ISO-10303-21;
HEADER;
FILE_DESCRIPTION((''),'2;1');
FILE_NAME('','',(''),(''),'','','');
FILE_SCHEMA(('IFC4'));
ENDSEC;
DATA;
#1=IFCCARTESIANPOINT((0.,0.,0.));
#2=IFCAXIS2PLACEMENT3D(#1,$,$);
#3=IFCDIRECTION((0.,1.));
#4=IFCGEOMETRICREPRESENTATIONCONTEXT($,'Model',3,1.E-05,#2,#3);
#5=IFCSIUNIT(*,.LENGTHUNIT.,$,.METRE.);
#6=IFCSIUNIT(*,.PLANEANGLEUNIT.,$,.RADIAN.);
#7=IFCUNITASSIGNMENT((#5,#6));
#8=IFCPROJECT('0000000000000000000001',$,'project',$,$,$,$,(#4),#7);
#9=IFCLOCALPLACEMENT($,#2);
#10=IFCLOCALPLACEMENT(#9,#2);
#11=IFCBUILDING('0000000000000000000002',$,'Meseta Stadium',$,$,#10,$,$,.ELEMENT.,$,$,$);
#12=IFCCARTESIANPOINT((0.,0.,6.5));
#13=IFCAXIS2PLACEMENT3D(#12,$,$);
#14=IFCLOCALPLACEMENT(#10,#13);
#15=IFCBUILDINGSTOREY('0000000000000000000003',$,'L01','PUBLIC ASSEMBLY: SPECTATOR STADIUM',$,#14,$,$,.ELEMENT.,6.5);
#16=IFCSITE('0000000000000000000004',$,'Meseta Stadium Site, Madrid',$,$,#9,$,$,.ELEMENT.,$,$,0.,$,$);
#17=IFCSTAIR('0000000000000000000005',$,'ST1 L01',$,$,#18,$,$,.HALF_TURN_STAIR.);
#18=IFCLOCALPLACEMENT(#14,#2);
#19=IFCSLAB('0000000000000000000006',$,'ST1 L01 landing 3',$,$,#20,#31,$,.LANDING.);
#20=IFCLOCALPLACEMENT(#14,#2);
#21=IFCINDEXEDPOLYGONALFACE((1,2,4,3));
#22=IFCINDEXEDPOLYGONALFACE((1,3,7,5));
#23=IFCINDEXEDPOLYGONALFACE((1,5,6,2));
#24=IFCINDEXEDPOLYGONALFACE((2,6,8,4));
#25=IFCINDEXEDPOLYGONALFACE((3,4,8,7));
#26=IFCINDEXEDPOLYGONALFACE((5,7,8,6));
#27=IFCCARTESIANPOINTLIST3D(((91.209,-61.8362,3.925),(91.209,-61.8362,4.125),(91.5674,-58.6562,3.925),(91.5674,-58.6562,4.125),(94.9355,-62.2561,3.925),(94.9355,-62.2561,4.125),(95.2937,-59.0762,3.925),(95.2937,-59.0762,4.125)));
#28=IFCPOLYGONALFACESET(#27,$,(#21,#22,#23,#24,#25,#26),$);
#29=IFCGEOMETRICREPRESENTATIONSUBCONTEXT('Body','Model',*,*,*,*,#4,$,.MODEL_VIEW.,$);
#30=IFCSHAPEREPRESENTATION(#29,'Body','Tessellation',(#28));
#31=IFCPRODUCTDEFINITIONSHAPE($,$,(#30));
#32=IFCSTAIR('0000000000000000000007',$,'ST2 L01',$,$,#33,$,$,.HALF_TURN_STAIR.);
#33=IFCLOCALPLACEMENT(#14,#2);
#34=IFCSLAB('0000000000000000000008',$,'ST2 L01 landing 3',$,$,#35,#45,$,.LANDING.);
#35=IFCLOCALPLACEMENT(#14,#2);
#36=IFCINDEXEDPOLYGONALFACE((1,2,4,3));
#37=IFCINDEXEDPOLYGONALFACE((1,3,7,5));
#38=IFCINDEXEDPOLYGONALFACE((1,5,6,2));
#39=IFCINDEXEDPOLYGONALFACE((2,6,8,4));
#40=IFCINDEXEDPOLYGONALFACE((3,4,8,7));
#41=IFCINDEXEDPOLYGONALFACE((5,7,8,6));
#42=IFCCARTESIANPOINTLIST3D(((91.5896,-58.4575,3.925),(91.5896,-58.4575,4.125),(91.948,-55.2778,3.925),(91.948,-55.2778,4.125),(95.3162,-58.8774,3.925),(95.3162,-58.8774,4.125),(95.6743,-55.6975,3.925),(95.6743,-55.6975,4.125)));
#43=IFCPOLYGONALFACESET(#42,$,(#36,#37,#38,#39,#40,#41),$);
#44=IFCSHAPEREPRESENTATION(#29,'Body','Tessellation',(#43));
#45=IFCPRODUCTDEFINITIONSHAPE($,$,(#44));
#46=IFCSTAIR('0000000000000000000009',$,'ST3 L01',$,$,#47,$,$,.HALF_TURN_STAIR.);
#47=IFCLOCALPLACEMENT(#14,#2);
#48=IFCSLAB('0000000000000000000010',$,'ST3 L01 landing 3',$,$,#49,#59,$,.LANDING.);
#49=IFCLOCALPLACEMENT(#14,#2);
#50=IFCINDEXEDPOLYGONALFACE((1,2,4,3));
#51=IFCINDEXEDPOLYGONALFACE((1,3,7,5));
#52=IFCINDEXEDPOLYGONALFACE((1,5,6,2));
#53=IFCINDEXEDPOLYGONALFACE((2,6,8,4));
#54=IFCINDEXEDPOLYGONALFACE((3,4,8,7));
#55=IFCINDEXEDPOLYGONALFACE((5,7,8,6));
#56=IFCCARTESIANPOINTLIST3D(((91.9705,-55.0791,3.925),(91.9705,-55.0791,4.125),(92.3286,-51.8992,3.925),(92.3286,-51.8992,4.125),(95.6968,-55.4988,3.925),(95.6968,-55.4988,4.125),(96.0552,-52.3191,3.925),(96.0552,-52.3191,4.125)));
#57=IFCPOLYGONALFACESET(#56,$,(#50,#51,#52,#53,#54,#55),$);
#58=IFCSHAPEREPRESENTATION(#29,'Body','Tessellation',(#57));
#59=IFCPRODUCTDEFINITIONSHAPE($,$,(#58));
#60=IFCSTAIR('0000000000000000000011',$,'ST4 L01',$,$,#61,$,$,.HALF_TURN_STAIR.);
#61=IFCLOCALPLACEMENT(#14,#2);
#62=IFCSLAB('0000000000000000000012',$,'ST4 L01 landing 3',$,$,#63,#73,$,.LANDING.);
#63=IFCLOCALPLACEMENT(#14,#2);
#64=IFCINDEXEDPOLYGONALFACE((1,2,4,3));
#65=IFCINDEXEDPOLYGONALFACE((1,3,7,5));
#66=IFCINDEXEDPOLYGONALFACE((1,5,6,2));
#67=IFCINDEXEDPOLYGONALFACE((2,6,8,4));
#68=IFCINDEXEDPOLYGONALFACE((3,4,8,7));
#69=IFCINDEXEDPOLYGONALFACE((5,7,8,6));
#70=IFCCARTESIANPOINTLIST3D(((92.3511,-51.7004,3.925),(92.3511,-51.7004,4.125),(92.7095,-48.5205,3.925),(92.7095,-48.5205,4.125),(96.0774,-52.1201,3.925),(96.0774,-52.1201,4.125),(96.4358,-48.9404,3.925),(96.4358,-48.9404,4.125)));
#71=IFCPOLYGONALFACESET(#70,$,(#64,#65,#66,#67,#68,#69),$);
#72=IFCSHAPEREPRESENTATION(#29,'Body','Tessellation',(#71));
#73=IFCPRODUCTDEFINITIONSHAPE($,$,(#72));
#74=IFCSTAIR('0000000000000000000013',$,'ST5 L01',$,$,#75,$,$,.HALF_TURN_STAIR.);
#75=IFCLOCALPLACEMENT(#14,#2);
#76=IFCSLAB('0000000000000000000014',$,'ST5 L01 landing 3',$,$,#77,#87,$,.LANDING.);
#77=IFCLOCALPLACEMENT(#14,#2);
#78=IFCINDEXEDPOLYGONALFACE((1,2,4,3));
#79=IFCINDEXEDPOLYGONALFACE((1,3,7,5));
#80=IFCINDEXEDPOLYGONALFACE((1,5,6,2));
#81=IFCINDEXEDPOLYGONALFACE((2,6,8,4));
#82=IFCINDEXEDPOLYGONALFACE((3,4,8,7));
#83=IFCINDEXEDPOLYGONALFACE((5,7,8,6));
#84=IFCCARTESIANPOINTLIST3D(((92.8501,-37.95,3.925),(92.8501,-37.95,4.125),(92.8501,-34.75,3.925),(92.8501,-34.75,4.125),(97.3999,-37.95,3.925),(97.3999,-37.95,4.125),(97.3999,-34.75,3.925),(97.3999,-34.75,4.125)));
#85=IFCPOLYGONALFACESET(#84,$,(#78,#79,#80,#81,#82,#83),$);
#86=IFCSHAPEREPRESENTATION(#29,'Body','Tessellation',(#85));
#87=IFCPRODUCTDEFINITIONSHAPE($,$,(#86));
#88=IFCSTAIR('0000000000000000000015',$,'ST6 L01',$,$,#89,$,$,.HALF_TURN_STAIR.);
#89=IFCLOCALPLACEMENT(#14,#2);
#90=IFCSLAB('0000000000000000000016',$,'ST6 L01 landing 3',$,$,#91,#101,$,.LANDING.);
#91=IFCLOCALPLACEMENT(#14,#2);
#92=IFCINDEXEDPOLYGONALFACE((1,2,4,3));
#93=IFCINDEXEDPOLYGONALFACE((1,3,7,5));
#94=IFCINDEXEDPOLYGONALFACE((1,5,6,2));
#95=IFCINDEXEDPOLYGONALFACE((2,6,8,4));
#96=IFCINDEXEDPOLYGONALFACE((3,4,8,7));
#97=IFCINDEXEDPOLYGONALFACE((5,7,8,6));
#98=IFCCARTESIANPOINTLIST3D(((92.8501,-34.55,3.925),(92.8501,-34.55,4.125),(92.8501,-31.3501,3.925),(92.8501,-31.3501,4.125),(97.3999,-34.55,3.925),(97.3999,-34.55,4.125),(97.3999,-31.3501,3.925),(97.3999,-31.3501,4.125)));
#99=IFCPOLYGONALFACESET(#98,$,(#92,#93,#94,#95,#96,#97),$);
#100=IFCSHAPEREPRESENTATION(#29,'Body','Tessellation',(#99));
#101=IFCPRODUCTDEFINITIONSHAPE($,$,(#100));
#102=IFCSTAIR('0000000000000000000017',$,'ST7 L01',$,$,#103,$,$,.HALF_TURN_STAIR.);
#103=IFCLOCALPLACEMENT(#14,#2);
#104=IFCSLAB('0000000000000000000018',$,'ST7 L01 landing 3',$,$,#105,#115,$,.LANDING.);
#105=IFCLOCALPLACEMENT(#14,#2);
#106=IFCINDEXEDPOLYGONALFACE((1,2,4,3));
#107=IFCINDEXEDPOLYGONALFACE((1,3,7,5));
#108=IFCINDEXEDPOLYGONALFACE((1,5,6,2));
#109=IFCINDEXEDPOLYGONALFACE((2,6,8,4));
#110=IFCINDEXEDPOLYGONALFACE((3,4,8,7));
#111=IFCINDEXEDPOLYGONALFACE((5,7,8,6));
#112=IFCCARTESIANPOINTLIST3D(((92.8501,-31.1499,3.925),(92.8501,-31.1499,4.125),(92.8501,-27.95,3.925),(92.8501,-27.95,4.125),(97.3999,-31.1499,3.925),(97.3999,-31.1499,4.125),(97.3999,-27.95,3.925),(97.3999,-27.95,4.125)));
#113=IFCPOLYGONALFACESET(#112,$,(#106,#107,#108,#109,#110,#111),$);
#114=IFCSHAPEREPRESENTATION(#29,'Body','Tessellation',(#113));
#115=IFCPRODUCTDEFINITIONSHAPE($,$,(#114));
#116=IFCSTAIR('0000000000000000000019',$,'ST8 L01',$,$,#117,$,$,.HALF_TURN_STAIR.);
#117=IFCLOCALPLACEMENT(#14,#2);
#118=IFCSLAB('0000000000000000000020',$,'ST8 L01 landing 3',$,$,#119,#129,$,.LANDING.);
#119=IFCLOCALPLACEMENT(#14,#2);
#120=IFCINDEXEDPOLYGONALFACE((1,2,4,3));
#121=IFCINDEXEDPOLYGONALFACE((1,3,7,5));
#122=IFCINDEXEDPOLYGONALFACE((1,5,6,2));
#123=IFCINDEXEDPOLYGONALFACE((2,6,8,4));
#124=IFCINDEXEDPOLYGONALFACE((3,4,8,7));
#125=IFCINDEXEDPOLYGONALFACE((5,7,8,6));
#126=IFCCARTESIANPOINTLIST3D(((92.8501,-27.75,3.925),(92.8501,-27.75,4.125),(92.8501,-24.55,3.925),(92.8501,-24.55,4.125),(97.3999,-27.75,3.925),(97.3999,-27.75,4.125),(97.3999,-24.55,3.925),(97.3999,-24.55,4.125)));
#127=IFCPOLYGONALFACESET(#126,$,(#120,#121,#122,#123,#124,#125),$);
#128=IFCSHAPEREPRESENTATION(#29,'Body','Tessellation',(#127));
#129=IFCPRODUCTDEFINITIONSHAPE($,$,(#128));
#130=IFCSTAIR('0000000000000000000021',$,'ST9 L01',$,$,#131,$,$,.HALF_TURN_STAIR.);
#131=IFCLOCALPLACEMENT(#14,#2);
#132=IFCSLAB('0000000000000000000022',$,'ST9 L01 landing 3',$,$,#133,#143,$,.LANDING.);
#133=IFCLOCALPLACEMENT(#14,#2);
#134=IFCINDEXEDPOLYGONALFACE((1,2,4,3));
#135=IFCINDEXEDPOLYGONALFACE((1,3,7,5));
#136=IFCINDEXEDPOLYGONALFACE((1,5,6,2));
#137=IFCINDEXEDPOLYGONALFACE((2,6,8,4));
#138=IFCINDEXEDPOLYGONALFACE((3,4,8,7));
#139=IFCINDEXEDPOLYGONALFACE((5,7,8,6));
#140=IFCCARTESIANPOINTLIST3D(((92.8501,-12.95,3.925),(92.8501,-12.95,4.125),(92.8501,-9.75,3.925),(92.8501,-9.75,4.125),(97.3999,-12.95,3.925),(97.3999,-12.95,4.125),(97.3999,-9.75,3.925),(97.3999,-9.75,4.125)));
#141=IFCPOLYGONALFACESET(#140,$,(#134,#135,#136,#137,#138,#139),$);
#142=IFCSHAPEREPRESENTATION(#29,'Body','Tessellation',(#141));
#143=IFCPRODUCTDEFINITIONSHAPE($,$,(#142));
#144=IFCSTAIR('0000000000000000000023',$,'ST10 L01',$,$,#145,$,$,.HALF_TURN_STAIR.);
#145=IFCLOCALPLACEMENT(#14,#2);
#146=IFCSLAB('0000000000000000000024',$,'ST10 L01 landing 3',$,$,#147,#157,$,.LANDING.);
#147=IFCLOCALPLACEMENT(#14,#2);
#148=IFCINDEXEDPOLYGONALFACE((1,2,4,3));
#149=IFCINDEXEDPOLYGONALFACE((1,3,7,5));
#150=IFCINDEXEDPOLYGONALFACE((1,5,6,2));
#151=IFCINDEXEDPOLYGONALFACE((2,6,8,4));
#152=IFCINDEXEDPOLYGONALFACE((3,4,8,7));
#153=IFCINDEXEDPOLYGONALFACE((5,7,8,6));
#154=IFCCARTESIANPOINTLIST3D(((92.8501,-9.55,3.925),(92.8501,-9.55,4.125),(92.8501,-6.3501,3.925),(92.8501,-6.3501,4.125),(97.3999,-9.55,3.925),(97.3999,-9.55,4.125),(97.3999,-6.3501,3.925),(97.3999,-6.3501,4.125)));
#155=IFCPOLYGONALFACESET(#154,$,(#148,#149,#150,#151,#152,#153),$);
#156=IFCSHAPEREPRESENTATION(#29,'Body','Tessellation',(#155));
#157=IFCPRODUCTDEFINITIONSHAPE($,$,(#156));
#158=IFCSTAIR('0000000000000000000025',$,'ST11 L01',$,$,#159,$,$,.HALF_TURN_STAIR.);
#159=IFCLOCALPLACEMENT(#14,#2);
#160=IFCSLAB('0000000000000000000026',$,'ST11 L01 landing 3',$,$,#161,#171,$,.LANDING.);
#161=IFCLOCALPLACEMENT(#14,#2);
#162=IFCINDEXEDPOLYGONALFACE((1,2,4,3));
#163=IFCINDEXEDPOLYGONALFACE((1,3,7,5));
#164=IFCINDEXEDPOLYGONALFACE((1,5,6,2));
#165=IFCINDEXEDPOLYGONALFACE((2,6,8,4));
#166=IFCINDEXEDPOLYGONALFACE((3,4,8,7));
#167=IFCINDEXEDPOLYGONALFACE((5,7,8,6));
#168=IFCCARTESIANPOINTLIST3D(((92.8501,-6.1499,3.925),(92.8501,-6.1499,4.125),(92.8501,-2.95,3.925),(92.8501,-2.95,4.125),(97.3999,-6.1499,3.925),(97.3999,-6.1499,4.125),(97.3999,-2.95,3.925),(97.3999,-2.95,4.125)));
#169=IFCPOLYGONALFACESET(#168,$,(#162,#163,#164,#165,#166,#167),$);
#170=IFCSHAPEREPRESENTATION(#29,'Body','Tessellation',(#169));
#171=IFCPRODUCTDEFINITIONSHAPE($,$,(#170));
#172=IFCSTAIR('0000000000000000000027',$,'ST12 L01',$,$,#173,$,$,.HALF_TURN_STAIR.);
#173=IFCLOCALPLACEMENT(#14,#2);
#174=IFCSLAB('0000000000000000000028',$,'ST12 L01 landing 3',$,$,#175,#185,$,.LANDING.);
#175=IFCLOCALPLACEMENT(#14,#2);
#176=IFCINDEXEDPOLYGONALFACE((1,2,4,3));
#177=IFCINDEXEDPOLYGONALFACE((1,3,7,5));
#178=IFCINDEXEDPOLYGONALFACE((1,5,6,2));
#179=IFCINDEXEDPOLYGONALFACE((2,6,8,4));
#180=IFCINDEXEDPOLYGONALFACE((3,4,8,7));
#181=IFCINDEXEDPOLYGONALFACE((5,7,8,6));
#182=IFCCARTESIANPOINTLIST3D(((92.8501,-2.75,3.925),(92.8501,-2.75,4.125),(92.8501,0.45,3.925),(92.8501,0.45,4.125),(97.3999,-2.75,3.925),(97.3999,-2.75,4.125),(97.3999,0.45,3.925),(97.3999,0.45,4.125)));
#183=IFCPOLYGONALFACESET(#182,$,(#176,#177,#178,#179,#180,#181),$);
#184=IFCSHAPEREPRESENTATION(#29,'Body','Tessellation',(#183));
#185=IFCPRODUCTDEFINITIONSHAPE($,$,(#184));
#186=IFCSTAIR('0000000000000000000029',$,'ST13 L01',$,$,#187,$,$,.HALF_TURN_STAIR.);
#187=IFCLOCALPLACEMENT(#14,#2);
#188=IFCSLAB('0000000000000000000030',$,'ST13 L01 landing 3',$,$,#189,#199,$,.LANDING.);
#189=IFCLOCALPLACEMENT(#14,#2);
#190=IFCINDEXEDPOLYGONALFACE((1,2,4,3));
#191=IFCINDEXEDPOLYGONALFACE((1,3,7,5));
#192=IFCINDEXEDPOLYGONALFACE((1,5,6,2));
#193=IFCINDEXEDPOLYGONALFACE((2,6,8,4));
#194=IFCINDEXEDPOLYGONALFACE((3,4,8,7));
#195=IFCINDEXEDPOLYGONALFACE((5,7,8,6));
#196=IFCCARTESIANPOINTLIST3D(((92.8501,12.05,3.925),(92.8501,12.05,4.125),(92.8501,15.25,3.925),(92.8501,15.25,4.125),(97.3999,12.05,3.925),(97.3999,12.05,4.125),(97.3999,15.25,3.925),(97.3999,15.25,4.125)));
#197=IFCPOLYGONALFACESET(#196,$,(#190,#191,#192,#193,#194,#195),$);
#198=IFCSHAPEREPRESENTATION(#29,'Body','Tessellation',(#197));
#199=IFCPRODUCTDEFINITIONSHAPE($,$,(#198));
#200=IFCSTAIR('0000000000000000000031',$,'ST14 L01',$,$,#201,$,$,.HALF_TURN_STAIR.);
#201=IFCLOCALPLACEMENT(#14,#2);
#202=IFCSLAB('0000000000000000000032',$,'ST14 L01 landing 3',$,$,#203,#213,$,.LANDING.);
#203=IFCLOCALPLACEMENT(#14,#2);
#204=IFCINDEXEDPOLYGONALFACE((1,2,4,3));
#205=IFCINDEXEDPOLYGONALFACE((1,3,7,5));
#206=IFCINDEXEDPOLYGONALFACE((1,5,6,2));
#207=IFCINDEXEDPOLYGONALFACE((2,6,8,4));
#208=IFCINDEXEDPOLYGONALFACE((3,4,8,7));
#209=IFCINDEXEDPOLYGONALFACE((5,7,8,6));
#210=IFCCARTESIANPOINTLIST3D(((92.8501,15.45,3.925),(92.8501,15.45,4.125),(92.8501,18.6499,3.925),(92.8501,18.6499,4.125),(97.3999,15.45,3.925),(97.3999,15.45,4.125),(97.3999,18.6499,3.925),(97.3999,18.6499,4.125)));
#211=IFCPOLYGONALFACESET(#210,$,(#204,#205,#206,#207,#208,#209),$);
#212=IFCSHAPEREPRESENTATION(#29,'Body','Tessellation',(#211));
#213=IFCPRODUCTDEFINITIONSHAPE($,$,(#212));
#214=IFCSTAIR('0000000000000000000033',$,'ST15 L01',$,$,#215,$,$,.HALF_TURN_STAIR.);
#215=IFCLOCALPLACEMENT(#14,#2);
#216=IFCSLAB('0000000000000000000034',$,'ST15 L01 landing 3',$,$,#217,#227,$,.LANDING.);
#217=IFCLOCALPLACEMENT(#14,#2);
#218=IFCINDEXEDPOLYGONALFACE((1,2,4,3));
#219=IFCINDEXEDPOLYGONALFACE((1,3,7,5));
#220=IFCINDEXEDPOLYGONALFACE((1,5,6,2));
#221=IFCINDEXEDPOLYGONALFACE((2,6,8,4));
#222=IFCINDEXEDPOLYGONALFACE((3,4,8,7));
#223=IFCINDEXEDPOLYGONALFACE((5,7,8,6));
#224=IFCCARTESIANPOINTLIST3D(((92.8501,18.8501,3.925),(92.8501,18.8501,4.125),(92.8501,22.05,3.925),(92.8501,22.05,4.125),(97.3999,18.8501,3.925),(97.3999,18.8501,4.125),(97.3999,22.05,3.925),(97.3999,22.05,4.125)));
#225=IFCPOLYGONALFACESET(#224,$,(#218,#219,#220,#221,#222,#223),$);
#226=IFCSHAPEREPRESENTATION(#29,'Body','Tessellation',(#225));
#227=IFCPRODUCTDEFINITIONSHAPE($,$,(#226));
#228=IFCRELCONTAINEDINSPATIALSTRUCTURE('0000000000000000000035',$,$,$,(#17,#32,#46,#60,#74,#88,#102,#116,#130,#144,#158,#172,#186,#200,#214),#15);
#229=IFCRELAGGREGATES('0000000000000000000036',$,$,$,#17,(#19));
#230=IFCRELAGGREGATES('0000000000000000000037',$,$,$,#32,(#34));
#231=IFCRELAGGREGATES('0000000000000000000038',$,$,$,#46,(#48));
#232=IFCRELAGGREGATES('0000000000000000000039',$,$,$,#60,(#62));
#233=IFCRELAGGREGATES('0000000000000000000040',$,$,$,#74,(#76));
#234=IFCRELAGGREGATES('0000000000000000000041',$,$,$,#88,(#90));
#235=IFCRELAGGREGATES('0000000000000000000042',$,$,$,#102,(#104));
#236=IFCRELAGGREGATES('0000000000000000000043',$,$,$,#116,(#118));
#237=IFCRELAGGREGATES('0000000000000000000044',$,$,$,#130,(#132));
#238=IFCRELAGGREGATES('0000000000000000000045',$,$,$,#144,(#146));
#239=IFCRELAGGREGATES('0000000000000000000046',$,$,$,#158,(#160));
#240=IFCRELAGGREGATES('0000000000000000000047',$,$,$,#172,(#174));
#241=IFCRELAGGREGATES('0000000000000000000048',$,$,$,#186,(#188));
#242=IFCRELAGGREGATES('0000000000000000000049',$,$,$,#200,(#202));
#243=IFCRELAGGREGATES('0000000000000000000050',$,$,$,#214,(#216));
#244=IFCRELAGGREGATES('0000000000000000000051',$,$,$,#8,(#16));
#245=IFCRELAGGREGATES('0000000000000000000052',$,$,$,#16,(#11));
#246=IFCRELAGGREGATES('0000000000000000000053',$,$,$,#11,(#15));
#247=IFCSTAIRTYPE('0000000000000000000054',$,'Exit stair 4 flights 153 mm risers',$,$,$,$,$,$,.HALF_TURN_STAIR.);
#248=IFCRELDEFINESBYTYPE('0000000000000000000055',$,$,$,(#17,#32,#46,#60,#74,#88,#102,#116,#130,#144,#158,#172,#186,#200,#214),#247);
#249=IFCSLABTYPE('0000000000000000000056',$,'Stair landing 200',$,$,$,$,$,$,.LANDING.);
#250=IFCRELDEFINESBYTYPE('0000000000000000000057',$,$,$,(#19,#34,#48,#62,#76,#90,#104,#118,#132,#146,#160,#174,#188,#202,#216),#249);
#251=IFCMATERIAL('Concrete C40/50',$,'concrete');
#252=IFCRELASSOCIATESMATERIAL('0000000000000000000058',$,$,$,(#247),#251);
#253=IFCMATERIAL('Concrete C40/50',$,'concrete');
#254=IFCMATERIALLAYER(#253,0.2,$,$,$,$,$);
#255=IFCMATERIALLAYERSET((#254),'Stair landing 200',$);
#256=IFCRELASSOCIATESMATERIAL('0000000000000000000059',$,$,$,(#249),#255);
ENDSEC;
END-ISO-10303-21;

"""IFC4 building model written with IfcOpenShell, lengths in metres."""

from ifc_helpers import new_model, si_unit, direction, frame, origin, place, context, subcontext, project, spatial, polyline, outline, extrude, material, layer, layer_set, type_object, element, aggregate, save


model = new_model("IFC4")

# Units and contexts
model_context = context("Model", 3, precision=1e-05, world=origin(), true_north=direction((0.0, 1.0)))
body_context = subcontext(model_context, "Body", "Model", "MODEL_VIEW")
ifc_project = project(units=[si_unit("LENGTHUNIT", "METRE"), si_unit("PLANEANGLEUNIT", "RADIAN")], contexts=[model_context])

# Site, building, storey
site_placement = place(None, origin())
site = spatial("IfcSite", under=ifc_project, at=site_placement, Name="Meseta Stadium Site, Madrid", CompositionType="ELEMENT", RefElevation=0.0)
building_placement = place(site_placement, origin())
building = spatial("IfcBuilding", under=site, at=building_placement, Name="Meseta Stadium", CompositionType="ELEMENT")
storey_placement = place(building_placement, frame((0.0, 0.0, 6.5)))
storey = spatial("IfcBuildingStorey", under=building, at=storey_placement, Name="L01", Description="PUBLIC ASSEMBLY: SPECTATOR STADIUM", CompositionType="ELEMENT", Elevation=6.5)

# Stairs, slabs
ifc_material_1 = material(Name="Concrete C40/50", Category="concrete")
stair_type = type_object("IfcStairType", Name="Exit stair 4 flights 153 mm risers", PredefinedType="HALF_TURN_STAIR", material=ifc_material_1)
stair_1_placement = place(storey_placement, origin())
stair_1 = element("IfcStair", 1, at=stair_1_placement, inside=storey, type_object=stair_type, Name="ST1 L01", PredefinedType="HALF_TURN_STAIR")
ifc_material_2 = material(Name="Concrete C40/50", Category="concrete")
ifc_layer = layer(ifc_material_2, 0.2)
ifc_layer_set = layer_set([ifc_layer], Name="Stair landing 200")
slab_type = type_object("IfcSlabType", Name="Stair landing 200", PredefinedType="LANDING", material=ifc_layer_set)
slab_1_placement = place(storey_placement, frame((0.0, 0.0, 3.925)))
slab_1 = element("IfcSlab", 2, at=slab_1_placement, type_object=slab_type, Name="ST1 L01 landing 3", PredefinedType="LANDING", context=body_context, shape_type="SweptSolid", body=[
    extrude(outline(polyline([(91.209, -61.8362), (94.9355, -62.2561), (95.2937, -59.0762), (91.5674, -58.6562), (91.209, -61.8362)])), origin(), (0.0, 0.0, 1.0), 0.2),
])
aggregate(stair_1, [slab_1])
stair_2_placement = place(storey_placement, origin())
stair_2 = element("IfcStair", 3, at=stair_2_placement, inside=storey, type_object=stair_type, Name="ST2 L01", PredefinedType="HALF_TURN_STAIR")
slab_2_placement = place(storey_placement, frame((0.0, 0.0, 3.925)))
slab_2 = element("IfcSlab", 4, at=slab_2_placement, type_object=slab_type, Name="ST2 L01 landing 3", PredefinedType="LANDING", context=body_context, shape_type="SweptSolid", body=[
    extrude(outline(polyline([(91.5896, -58.4575), (95.3162, -58.8774), (95.6743, -55.6975), (91.948, -55.2778), (91.5896, -58.4575)])), origin(), (0.0, 0.0, 1.0), 0.2),
])
aggregate(stair_2, [slab_2])
stair_3_placement = place(storey_placement, origin())
stair_3 = element("IfcStair", 5, at=stair_3_placement, inside=storey, type_object=stair_type, Name="ST3 L01", PredefinedType="HALF_TURN_STAIR")
slab_3_placement = place(storey_placement, frame((0.0, 0.0, 3.925)))
slab_3 = element("IfcSlab", 6, at=slab_3_placement, type_object=slab_type, Name="ST3 L01 landing 3", PredefinedType="LANDING", context=body_context, shape_type="SweptSolid", body=[
    extrude(outline(polyline([(91.9705, -55.0791), (95.6968, -55.4988), (96.0552, -52.3191), (92.3286, -51.8992), (91.9705, -55.0791)])), origin(), (0.0, 0.0, 1.0), 0.2),
])
aggregate(stair_3, [slab_3])
stair_4_placement = place(storey_placement, origin())
stair_4 = element("IfcStair", 7, at=stair_4_placement, inside=storey, type_object=stair_type, Name="ST4 L01", PredefinedType="HALF_TURN_STAIR")
slab_4_placement = place(storey_placement, frame((0.0, 0.0, 3.925)))
slab_4 = element("IfcSlab", 8, at=slab_4_placement, type_object=slab_type, Name="ST4 L01 landing 3", PredefinedType="LANDING", context=body_context, shape_type="SweptSolid", body=[
    extrude(outline(polyline([(92.3511, -51.7004), (96.0774, -52.1201), (96.4358, -48.9404), (92.7095, -48.5205), (92.3511, -51.7004)])), origin(), (0.0, 0.0, 1.0), 0.2),
])
aggregate(stair_4, [slab_4])
stair_5_placement = place(storey_placement, origin())
stair_5 = element("IfcStair", 9, at=stair_5_placement, inside=storey, type_object=stair_type, Name="ST5 L01", PredefinedType="HALF_TURN_STAIR")
slab_5_placement = place(storey_placement, frame((0.0, 0.0, 3.925)))
slab_5 = element("IfcSlab", 10, at=slab_5_placement, type_object=slab_type, Name="ST5 L01 landing 3", PredefinedType="LANDING", context=body_context, shape_type="SweptSolid", body=[
    extrude(outline(polyline([(92.8501, -37.95), (97.3999, -37.95), (97.3999, -34.75), (92.8501, -34.75), (92.8501, -37.95)])), origin(), (0.0, 0.0, 1.0), 0.2),
])
aggregate(stair_5, [slab_5])
stair_6_placement = place(storey_placement, origin())
stair_6 = element("IfcStair", 11, at=stair_6_placement, inside=storey, type_object=stair_type, Name="ST6 L01", PredefinedType="HALF_TURN_STAIR")
slab_6_placement = place(storey_placement, frame((0.0, 0.0, 3.925)))
slab_6 = element("IfcSlab", 12, at=slab_6_placement, type_object=slab_type, Name="ST6 L01 landing 3", PredefinedType="LANDING", context=body_context, shape_type="SweptSolid", body=[
    extrude(outline(polyline([(92.8501, -34.55), (97.3999, -34.55), (97.3999, -31.3501), (92.8501, -31.3501), (92.8501, -34.55)])), origin(), (0.0, 0.0, 1.0), 0.2),
])
aggregate(stair_6, [slab_6])
stair_7_placement = place(storey_placement, origin())
stair_7 = element("IfcStair", 13, at=stair_7_placement, inside=storey, type_object=stair_type, Name="ST7 L01", PredefinedType="HALF_TURN_STAIR")
slab_7_placement = place(storey_placement, frame((0.0, 0.0, 3.925)))
slab_7 = element("IfcSlab", 14, at=slab_7_placement, type_object=slab_type, Name="ST7 L01 landing 3", PredefinedType="LANDING", context=body_context, shape_type="SweptSolid", body=[
    extrude(outline(polyline([(92.8501, -31.1499), (97.3999, -31.1499), (97.3999, -27.95), (92.8501, -27.95), (92.8501, -31.1499)])), origin(), (0.0, 0.0, 1.0), 0.2),
])
aggregate(stair_7, [slab_7])
stair_8_placement = place(storey_placement, origin())
stair_8 = element("IfcStair", 15, at=stair_8_placement, inside=storey, type_object=stair_type, Name="ST8 L01", PredefinedType="HALF_TURN_STAIR")
slab_8_placement = place(storey_placement, frame((0.0, 0.0, 3.925)))
slab_8 = element("IfcSlab", 16, at=slab_8_placement, type_object=slab_type, Name="ST8 L01 landing 3", PredefinedType="LANDING", context=body_context, shape_type="SweptSolid", body=[
    extrude(outline(polyline([(92.8501, -27.75), (97.3999, -27.75), (97.3999, -24.55), (92.8501, -24.55), (92.8501, -27.75)])), origin(), (0.0, 0.0, 1.0), 0.2),
])
aggregate(stair_8, [slab_8])
stair_9_placement = place(storey_placement, origin())
stair_9 = element("IfcStair", 17, at=stair_9_placement, inside=storey, type_object=stair_type, Name="ST9 L01", PredefinedType="HALF_TURN_STAIR")
slab_9_placement = place(storey_placement, frame((0.0, 0.0, 3.925)))
slab_9 = element("IfcSlab", 18, at=slab_9_placement, type_object=slab_type, Name="ST9 L01 landing 3", PredefinedType="LANDING", context=body_context, shape_type="SweptSolid", body=[
    extrude(outline(polyline([(92.8501, -12.95), (97.3999, -12.95), (97.3999, -9.75), (92.8501, -9.75), (92.8501, -12.95)])), origin(), (0.0, 0.0, 1.0), 0.2),
])
aggregate(stair_9, [slab_9])
stair_10_placement = place(storey_placement, origin())
stair_10 = element("IfcStair", 19, at=stair_10_placement, inside=storey, type_object=stair_type, Name="ST10 L01", PredefinedType="HALF_TURN_STAIR")
slab_10_placement = place(storey_placement, frame((0.0, 0.0, 3.925)))
slab_10 = element("IfcSlab", 20, at=slab_10_placement, type_object=slab_type, Name="ST10 L01 landing 3", PredefinedType="LANDING", context=body_context, shape_type="SweptSolid", body=[
    extrude(outline(polyline([(92.8501, -9.55), (97.3999, -9.55), (97.3999, -6.3501), (92.8501, -6.3501), (92.8501, -9.55)])), origin(), (0.0, 0.0, 1.0), 0.2),
])
aggregate(stair_10, [slab_10])
stair_11_placement = place(storey_placement, origin())
stair_11 = element("IfcStair", 21, at=stair_11_placement, inside=storey, type_object=stair_type, Name="ST11 L01", PredefinedType="HALF_TURN_STAIR")
slab_11_placement = place(storey_placement, frame((0.0, 0.0, 3.925)))
slab_11 = element("IfcSlab", 22, at=slab_11_placement, type_object=slab_type, Name="ST11 L01 landing 3", PredefinedType="LANDING", context=body_context, shape_type="SweptSolid", body=[
    extrude(outline(polyline([(92.8501, -6.1499), (97.3999, -6.1499), (97.3999, -2.95), (92.8501, -2.95), (92.8501, -6.1499)])), origin(), (0.0, 0.0, 1.0), 0.2),
])
aggregate(stair_11, [slab_11])
stair_12_placement = place(storey_placement, origin())
stair_12 = element("IfcStair", 23, at=stair_12_placement, inside=storey, type_object=stair_type, Name="ST12 L01", PredefinedType="HALF_TURN_STAIR")
slab_12_placement = place(storey_placement, frame((0.0, 0.0, 3.925)))
slab_12 = element("IfcSlab", 24, at=slab_12_placement, type_object=slab_type, Name="ST12 L01 landing 3", PredefinedType="LANDING", context=body_context, shape_type="SweptSolid", body=[
    extrude(outline(polyline([(92.8501, -2.75), (97.3999, -2.75), (97.3999, 0.45), (92.8501, 0.45), (92.8501, -2.75)])), origin(), (0.0, 0.0, 1.0), 0.2),
])
aggregate(stair_12, [slab_12])
stair_13_placement = place(storey_placement, origin())
stair_13 = element("IfcStair", 25, at=stair_13_placement, inside=storey, type_object=stair_type, Name="ST13 L01", PredefinedType="HALF_TURN_STAIR")
slab_13_placement = place(storey_placement, frame((0.0, 0.0, 3.925)))
slab_13 = element("IfcSlab", 26, at=slab_13_placement, type_object=slab_type, Name="ST13 L01 landing 3", PredefinedType="LANDING", context=body_context, shape_type="SweptSolid", body=[
    extrude(outline(polyline([(92.8501, 12.05), (97.3999, 12.05), (97.3999, 15.25), (92.8501, 15.25), (92.8501, 12.05)])), origin(), (0.0, 0.0, 1.0), 0.2),
])
aggregate(stair_13, [slab_13])
stair_14_placement = place(storey_placement, origin())
stair_14 = element("IfcStair", 27, at=stair_14_placement, inside=storey, type_object=stair_type, Name="ST14 L01", PredefinedType="HALF_TURN_STAIR")
slab_14_placement = place(storey_placement, frame((0.0, 0.0, 3.925)))
slab_14 = element("IfcSlab", 28, at=slab_14_placement, type_object=slab_type, Name="ST14 L01 landing 3", PredefinedType="LANDING", context=body_context, shape_type="SweptSolid", body=[
    extrude(outline(polyline([(92.8501, 15.45), (97.3999, 15.45), (97.3999, 18.6499), (92.8501, 18.6499), (92.8501, 15.45)])), origin(), (0.0, 0.0, 1.0), 0.2),
])
aggregate(stair_14, [slab_14])
stair_15_placement = place(storey_placement, origin())
stair_15 = element("IfcStair", 29, at=stair_15_placement, inside=storey, type_object=stair_type, Name="ST15 L01", PredefinedType="HALF_TURN_STAIR")
slab_15_placement = place(storey_placement, frame((0.0, 0.0, 3.925)))
slab_15 = element("IfcSlab", 30, at=slab_15_placement, type_object=slab_type, Name="ST15 L01 landing 3", PredefinedType="LANDING", context=body_context, shape_type="SweptSolid", body=[
    extrude(outline(polyline([(92.8501, 18.8501), (97.3999, 18.8501), (97.3999, 22.05), (92.8501, 22.05), (92.8501, 18.8501)])), origin(), (0.0, 0.0, 1.0), 0.2),
])
aggregate(stair_15, [slab_15])

save(model, "model.ifc")
